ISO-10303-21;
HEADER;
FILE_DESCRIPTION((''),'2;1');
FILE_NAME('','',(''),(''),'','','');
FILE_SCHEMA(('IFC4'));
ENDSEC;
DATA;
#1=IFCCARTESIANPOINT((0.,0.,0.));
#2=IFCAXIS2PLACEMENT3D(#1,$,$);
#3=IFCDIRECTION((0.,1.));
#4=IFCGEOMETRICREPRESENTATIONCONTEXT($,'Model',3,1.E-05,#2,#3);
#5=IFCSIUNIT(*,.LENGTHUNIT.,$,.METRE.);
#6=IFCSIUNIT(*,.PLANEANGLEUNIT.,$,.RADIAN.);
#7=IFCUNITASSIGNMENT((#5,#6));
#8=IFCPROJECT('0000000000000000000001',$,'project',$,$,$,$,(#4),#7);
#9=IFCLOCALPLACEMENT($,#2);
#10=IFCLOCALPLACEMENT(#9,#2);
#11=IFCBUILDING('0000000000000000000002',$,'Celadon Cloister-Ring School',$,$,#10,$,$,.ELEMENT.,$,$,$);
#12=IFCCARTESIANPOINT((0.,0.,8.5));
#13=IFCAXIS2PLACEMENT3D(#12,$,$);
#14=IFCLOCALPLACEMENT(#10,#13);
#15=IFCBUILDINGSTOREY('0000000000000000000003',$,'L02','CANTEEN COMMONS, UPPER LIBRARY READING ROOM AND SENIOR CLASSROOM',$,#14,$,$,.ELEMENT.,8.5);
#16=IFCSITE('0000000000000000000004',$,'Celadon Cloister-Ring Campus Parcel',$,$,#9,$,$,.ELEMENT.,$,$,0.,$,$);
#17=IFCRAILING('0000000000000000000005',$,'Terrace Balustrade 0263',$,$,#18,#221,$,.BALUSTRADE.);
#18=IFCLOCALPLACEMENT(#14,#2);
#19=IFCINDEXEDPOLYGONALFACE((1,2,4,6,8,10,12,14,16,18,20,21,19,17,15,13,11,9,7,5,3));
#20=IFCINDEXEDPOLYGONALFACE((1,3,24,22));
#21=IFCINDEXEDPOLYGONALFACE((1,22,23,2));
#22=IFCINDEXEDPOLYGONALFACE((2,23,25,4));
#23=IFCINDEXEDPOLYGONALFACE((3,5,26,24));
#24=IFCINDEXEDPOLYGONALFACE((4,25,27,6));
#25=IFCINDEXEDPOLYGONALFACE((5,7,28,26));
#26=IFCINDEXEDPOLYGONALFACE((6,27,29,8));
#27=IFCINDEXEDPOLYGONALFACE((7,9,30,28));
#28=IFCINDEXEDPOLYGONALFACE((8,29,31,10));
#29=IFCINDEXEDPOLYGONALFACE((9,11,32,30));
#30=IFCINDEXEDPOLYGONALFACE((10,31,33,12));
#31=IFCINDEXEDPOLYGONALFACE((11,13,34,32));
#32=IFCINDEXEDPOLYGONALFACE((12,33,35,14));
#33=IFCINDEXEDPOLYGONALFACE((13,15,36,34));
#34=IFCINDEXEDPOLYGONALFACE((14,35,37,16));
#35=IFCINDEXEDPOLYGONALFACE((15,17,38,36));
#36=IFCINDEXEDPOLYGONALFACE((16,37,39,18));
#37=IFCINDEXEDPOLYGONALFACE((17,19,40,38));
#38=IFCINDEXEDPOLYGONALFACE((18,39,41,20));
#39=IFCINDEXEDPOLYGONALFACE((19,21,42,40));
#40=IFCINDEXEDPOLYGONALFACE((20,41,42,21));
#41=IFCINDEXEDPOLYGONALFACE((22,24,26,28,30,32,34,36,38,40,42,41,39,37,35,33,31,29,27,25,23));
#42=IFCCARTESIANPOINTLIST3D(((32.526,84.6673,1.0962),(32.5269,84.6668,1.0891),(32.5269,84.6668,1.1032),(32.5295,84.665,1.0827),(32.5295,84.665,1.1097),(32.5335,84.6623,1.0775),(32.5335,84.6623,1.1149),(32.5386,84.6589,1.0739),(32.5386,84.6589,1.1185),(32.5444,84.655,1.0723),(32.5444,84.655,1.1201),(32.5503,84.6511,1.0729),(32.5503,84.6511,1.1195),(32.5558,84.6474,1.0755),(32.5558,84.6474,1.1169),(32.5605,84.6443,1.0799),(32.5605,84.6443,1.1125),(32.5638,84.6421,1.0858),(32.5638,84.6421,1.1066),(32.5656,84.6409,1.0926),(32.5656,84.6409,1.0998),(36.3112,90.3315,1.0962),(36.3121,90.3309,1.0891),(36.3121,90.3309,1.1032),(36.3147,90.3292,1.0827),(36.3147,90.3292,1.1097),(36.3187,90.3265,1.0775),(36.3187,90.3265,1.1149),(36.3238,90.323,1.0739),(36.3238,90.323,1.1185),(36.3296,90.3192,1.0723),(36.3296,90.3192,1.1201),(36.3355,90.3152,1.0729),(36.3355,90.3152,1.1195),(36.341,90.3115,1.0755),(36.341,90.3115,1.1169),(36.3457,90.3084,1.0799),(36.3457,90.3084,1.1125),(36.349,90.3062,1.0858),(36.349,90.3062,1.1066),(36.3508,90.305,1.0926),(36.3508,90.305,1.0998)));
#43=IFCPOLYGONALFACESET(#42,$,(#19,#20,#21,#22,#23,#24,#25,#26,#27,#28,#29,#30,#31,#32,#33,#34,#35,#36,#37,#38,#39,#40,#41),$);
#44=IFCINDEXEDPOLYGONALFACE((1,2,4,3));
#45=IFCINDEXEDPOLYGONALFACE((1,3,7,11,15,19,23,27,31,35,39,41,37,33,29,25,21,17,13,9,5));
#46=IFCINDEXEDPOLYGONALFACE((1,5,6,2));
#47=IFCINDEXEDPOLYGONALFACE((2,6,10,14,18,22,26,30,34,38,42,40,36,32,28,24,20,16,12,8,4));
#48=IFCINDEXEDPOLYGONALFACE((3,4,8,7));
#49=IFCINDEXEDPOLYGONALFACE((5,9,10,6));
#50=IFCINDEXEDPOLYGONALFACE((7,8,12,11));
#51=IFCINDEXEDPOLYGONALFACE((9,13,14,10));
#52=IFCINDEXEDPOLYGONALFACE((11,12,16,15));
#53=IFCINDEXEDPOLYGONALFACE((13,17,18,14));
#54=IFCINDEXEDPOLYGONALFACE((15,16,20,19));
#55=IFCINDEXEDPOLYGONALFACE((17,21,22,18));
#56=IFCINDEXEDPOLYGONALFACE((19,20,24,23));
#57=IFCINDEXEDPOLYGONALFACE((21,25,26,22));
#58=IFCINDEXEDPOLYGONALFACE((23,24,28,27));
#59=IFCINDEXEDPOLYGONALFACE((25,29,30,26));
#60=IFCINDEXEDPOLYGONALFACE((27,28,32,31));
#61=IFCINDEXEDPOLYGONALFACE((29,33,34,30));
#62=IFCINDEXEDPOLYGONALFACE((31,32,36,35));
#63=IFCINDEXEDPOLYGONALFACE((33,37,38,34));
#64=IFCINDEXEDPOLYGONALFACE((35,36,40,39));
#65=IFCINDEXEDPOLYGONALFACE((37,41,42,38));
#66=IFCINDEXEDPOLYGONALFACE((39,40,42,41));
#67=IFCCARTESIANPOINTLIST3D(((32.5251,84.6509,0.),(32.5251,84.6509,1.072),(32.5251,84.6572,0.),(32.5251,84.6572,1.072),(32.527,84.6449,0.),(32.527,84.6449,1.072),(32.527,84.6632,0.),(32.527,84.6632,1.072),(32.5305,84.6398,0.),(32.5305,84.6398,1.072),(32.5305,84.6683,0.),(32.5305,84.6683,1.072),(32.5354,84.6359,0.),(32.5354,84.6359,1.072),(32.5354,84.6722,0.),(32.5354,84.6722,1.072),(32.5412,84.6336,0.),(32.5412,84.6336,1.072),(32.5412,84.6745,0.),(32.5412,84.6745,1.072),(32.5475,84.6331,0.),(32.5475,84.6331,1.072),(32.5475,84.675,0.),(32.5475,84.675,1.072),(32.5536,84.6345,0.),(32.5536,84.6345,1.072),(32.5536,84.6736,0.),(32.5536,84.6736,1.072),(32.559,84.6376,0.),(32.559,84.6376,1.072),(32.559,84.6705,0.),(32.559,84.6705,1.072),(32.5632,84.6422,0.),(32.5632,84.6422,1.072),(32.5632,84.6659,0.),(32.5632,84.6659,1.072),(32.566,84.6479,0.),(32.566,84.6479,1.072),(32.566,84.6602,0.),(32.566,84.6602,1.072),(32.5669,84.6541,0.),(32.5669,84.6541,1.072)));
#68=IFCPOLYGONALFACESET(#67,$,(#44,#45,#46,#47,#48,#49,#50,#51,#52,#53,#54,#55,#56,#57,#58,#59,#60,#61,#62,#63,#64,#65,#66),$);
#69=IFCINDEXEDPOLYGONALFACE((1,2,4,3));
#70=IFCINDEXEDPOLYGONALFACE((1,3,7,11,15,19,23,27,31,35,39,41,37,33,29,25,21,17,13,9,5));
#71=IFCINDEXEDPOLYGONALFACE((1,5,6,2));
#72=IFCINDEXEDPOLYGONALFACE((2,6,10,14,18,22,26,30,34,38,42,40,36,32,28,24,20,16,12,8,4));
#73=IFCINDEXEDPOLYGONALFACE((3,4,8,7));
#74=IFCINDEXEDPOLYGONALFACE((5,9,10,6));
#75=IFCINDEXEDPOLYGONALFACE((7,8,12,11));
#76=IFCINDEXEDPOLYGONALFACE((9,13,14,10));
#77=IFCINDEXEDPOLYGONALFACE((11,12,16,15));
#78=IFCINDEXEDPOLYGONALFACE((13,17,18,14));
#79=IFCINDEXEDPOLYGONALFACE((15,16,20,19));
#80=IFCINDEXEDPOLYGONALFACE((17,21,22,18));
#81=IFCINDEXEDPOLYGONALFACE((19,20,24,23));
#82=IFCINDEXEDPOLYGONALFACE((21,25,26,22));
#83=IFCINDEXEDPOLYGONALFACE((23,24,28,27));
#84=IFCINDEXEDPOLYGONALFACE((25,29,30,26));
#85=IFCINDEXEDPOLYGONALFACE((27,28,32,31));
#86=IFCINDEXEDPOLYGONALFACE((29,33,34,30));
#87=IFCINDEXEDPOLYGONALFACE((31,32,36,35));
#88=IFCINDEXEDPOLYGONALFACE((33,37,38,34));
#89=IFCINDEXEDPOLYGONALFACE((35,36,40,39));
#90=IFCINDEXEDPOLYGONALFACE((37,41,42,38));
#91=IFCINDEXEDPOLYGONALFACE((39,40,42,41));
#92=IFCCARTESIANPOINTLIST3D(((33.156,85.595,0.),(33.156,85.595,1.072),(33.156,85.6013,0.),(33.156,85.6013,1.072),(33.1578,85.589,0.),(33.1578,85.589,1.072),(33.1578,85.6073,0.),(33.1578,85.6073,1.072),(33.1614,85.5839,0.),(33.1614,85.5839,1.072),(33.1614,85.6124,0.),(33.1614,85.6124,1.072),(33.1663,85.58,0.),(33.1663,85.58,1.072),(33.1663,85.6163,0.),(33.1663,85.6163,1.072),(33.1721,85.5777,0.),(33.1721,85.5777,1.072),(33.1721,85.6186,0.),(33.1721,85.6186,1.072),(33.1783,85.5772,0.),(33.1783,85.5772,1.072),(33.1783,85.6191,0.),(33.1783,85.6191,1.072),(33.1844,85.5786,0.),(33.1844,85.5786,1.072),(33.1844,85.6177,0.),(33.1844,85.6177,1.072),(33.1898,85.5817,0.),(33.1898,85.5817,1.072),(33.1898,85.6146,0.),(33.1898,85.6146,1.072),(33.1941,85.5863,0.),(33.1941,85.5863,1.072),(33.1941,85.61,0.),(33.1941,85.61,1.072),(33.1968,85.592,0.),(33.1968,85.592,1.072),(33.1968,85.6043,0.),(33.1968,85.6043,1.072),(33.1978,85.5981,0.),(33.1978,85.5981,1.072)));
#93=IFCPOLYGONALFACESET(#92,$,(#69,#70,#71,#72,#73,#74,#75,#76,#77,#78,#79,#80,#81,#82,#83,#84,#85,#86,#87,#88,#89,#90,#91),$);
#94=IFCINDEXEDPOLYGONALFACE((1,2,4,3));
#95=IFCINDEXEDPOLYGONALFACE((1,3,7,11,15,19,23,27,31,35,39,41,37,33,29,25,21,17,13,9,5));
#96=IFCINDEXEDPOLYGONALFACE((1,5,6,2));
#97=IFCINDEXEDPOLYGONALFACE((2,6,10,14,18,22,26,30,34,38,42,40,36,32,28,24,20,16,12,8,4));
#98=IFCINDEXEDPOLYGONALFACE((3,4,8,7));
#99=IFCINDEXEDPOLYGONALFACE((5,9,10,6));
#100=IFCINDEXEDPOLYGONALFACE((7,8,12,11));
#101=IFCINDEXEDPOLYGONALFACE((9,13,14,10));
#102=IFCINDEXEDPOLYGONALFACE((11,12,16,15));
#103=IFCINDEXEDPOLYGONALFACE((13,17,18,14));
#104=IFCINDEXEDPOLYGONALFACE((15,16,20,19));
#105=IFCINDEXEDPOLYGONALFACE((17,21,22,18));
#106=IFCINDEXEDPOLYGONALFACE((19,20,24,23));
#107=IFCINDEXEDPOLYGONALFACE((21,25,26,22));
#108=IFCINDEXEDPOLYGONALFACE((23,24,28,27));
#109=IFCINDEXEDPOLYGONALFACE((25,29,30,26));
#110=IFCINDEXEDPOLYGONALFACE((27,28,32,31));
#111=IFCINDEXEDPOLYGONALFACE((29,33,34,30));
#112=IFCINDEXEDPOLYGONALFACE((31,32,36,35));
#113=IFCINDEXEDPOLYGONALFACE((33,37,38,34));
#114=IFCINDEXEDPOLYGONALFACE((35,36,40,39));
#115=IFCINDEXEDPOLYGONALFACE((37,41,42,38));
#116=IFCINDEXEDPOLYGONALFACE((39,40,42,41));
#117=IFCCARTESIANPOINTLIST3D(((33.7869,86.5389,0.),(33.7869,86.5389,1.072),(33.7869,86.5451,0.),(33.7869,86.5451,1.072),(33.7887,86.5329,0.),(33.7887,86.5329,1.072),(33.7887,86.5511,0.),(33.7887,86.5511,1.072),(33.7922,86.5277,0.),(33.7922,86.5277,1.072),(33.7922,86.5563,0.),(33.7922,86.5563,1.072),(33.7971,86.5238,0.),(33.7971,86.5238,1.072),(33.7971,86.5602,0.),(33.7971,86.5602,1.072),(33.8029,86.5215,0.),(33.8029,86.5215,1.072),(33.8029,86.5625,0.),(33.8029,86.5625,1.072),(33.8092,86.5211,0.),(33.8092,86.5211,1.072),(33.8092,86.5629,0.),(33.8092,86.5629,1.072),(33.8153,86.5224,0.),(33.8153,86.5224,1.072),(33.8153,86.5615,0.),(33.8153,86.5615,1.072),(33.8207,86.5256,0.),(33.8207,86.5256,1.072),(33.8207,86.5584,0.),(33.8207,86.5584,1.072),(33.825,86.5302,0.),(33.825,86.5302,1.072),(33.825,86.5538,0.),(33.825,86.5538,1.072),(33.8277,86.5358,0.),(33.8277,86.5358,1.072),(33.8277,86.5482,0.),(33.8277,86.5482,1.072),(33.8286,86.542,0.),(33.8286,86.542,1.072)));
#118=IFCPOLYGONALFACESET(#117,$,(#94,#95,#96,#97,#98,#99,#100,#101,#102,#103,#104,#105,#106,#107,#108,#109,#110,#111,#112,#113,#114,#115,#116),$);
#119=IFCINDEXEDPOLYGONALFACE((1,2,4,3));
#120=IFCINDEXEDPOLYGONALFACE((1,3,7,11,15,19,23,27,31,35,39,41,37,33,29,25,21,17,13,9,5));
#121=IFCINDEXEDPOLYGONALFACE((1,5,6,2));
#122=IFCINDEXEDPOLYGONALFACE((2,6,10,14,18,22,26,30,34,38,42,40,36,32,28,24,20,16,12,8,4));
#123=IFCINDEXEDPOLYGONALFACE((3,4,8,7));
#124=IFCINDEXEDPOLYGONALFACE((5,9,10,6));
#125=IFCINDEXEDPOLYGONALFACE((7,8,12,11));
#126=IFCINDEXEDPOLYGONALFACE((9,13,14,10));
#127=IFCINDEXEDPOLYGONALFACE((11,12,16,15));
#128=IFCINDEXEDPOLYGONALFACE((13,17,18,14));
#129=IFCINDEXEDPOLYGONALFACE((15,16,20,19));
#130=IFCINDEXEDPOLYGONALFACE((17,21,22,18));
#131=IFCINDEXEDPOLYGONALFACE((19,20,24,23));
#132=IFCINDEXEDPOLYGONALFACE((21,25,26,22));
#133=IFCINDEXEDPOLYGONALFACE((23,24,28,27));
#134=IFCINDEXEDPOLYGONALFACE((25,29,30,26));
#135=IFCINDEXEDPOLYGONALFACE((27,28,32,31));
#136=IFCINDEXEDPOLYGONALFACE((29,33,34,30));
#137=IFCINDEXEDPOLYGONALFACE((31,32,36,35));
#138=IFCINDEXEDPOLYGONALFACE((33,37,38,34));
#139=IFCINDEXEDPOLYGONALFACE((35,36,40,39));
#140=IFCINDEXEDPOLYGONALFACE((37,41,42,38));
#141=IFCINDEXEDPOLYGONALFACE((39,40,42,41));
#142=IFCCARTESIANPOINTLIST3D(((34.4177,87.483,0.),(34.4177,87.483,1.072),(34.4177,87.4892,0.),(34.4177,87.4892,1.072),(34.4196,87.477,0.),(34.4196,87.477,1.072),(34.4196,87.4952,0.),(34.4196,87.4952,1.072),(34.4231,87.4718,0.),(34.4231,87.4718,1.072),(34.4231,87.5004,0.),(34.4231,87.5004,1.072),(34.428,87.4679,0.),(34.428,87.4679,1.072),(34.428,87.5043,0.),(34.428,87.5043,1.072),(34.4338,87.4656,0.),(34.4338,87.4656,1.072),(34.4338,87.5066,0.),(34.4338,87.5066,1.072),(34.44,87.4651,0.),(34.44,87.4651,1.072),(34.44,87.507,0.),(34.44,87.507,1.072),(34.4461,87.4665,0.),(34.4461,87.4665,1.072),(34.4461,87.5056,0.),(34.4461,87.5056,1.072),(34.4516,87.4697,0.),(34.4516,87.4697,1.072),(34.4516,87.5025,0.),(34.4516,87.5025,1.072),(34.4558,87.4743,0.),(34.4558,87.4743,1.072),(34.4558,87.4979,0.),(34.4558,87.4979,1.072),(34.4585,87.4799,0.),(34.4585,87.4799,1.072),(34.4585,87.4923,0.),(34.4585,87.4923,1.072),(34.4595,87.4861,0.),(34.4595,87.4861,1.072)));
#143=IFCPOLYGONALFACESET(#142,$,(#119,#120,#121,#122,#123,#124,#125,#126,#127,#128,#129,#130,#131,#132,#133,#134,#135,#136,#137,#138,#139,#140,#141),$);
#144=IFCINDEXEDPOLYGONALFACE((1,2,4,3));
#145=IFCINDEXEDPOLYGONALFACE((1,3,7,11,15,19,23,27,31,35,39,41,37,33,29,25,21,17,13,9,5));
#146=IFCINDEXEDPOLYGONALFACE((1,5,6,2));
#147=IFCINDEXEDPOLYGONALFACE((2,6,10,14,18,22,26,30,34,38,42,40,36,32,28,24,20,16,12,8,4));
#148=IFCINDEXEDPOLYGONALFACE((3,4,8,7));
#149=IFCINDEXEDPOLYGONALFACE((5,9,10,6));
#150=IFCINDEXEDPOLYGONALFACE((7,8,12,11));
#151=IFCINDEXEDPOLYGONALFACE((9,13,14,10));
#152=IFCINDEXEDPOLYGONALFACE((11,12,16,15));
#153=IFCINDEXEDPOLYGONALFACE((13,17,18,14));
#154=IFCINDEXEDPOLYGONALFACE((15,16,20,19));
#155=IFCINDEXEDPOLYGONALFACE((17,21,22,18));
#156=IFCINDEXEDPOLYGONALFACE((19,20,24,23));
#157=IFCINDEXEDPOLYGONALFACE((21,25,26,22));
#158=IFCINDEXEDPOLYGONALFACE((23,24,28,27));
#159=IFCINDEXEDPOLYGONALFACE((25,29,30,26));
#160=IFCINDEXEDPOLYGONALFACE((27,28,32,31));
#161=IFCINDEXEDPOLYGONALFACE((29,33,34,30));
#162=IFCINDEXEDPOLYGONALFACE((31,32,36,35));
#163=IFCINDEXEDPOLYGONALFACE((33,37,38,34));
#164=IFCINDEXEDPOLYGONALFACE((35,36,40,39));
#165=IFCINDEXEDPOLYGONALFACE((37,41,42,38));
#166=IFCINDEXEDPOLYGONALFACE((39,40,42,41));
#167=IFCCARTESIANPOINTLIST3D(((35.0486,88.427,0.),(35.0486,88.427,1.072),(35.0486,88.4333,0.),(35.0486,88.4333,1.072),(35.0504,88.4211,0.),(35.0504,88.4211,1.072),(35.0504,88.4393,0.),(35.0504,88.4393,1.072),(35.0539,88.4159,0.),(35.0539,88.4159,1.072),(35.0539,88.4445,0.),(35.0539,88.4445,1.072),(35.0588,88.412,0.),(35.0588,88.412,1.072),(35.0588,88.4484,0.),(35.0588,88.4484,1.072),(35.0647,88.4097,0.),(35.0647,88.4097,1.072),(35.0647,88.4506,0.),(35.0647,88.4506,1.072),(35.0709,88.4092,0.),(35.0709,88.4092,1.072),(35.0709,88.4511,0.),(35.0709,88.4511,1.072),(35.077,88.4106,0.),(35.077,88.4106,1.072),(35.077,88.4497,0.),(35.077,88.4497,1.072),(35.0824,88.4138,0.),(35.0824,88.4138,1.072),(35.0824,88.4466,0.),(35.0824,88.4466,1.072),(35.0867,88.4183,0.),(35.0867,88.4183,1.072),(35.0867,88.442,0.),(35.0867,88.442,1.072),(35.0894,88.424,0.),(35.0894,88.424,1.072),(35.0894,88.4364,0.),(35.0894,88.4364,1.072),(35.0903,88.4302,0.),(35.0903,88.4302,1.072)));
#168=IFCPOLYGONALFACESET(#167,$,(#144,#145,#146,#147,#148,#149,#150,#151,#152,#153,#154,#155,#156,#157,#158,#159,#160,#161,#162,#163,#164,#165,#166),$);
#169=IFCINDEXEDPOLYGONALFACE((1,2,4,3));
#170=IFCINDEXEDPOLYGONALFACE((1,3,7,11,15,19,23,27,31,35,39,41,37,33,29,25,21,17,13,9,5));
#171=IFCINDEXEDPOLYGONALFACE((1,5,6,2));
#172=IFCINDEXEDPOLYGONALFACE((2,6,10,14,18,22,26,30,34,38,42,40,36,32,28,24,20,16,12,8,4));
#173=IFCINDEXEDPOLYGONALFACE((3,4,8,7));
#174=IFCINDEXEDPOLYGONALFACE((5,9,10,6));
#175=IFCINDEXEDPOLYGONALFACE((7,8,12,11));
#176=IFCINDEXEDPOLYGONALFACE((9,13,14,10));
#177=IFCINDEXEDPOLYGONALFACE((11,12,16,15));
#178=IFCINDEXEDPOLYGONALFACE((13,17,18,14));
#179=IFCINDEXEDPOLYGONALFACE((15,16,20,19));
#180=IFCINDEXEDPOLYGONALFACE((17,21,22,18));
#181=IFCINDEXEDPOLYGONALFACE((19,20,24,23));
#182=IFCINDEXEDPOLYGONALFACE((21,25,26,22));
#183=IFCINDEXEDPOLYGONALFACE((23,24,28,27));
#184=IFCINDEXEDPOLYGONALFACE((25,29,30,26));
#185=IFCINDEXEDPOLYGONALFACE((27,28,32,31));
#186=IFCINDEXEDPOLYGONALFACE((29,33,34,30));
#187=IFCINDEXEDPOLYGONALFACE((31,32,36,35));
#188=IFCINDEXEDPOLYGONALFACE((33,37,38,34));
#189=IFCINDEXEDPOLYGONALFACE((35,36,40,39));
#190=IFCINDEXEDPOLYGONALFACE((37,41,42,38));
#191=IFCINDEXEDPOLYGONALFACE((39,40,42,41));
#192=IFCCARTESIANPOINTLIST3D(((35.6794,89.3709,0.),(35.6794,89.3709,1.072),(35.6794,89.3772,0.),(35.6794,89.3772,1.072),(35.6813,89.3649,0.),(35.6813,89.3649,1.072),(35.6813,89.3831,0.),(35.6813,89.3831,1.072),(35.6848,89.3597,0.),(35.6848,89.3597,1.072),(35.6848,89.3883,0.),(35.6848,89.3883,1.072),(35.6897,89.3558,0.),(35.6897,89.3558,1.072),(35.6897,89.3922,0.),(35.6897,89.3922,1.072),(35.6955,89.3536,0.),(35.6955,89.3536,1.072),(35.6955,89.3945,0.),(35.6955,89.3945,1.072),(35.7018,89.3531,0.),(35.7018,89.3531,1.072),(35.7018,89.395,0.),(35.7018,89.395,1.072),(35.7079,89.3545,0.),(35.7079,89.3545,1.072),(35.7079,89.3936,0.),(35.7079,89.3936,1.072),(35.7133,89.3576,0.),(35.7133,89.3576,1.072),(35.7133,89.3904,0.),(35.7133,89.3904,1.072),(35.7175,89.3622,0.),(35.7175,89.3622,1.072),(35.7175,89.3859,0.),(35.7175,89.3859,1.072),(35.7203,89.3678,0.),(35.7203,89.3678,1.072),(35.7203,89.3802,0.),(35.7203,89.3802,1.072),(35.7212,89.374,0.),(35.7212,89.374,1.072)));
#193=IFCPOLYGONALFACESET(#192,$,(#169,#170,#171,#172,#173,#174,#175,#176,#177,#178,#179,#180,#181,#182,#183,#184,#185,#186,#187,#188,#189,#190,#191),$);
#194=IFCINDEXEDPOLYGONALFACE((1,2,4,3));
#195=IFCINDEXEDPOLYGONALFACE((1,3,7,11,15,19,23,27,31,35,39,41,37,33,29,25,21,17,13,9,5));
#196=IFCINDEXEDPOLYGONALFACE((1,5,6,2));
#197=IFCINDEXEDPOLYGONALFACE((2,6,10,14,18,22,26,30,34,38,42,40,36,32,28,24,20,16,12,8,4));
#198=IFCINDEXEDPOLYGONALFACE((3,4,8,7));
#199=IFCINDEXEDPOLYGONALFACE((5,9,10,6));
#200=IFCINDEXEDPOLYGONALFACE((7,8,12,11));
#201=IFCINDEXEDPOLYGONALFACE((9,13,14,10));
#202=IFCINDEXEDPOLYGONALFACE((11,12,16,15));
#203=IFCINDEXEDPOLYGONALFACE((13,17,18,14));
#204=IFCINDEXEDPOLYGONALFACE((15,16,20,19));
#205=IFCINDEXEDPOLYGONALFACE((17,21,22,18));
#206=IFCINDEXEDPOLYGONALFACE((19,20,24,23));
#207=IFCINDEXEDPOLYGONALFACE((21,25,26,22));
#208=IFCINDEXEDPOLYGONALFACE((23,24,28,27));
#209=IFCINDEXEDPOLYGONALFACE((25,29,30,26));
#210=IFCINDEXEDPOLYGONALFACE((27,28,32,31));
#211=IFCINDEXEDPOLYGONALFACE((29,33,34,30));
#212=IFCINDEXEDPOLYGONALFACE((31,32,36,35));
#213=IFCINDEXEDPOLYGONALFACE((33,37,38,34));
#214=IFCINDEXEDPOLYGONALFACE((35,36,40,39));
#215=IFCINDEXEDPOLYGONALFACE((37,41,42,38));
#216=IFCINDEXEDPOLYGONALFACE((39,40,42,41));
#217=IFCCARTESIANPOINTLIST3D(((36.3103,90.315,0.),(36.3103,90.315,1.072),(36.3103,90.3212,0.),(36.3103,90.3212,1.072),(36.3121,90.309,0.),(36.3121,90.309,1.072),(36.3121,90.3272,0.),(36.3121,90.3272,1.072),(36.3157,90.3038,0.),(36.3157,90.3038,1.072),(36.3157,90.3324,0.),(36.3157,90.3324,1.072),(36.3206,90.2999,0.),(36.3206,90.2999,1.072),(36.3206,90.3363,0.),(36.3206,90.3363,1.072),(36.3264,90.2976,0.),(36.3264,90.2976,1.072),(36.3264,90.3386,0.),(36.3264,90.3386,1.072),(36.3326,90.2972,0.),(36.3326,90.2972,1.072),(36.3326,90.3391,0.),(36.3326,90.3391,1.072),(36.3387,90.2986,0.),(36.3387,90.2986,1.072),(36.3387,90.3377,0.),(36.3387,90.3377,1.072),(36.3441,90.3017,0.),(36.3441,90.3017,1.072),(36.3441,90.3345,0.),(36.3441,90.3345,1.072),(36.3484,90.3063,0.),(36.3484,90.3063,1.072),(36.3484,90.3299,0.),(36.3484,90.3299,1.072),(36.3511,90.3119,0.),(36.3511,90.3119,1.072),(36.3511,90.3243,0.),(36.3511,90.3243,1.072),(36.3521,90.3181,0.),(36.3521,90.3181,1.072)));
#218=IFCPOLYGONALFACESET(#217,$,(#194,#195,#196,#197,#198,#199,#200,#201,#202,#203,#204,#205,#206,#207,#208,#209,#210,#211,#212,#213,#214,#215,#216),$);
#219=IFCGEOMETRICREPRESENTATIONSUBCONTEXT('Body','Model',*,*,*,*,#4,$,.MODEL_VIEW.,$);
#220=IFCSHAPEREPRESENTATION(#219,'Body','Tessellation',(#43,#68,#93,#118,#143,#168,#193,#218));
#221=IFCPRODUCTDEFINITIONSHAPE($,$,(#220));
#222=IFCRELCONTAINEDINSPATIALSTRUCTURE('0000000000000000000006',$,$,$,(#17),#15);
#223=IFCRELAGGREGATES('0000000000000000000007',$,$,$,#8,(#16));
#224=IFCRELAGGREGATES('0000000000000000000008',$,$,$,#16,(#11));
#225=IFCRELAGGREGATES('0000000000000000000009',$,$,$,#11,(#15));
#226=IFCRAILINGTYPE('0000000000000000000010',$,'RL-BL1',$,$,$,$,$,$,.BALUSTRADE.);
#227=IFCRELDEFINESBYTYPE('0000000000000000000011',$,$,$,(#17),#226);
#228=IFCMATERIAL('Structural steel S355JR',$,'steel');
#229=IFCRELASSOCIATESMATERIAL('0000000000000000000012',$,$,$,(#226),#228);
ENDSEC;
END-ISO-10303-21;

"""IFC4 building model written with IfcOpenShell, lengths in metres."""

from ifc_helpers import new_model, si_unit, direction, frame, origin, origin_2d, place, context, subcontext, project, spatial, circle, extrude, material, type_object, element, save


model = new_model("IFC4")

# Units and contexts
model_context = context("Model", 3, precision=1e-05, world=origin(), true_north=direction((0.0, 1.0)))
body_context = subcontext(model_context, "Body", "Model", "MODEL_VIEW")
ifc_project = project(units=[si_unit("LENGTHUNIT", "METRE"), si_unit("PLANEANGLEUNIT", "RADIAN")], contexts=[model_context])

# Site, building, storey
site_placement = place(None, origin())
site = spatial("IfcSite", under=ifc_project, at=site_placement, Name="Celadon Cloister-Ring Campus Parcel", CompositionType="ELEMENT", RefElevation=0.0)
building_placement = place(site_placement, origin())
building = spatial("IfcBuilding", under=site, at=building_placement, Name="Celadon Cloister-Ring School", CompositionType="ELEMENT")
storey_placement = place(building_placement, frame((0.0, 0.0, 8.5)))
storey = spatial("IfcBuildingStorey", under=building, at=storey_placement, Name="L02", Description="CANTEEN COMMONS, UPPER LIBRARY READING ROOM AND SENIOR CLASSROOM", CompositionType="ELEMENT", Elevation=8.5)

# Railing
ifc_material_1 = material(Name="Structural steel S355JR", Category="steel")
railing_type = type_object("IfcRailingType", Name="RL-BL1", PredefinedType="BALUSTRADE", material=ifc_material_1)
railing_1_placement = place(storey_placement, frame((32.5459, 84.6541, 0.0)))
element("IfcRailing", 1, at=railing_1_placement, inside=storey, type_object=railing_type, Name="Terrace Balustrade 0263", PredefinedType="BALUSTRADE", context=body_context, shape_type="SweptSolid", body=[
    extrude(circle(Radius=0.0239, at=origin_2d()), frame((0.0, 0.0, 1.0962), z_axis=(0.555626, 0.831432, 0.0), x_axis=(-0.831432, 0.555626, 0.0)), (0.0, 0.0, 1.0), 6.8125),
    extrude(circle(Radius=0.021, at=origin_2d()), origin(), (0.0, 0.0, 1.0), 1.072),
    extrude(circle(Radius=0.021, at=origin_2d()), frame((0.6309, 0.9441, 0.0)), (0.0, 0.0, 1.0), 1.072),
    extrude(circle(Radius=0.021, at=origin_2d()), frame((1.2617, 1.8879, 0.0)), (0.0, 0.0, 1.0), 1.072),
    extrude(circle(Radius=0.021, at=origin_2d()), frame((1.8926, 2.832, 0.0)), (0.0, 0.0, 1.0), 1.072),
    extrude(circle(Radius=0.021, at=origin_2d()), frame((2.5234, 3.7761, 0.0)), (0.0, 0.0, 1.0), 1.072),
    extrude(circle(Radius=0.021, at=origin_2d()), frame((3.1543, 4.72, 0.0)), (0.0, 0.0, 1.0), 1.072),
    extrude(circle(Radius=0.021, at=origin_2d()), frame((3.7852, 5.6641, 0.0)), (0.0, 0.0, 1.0), 1.072),
])

save(model, "model.ifc")
